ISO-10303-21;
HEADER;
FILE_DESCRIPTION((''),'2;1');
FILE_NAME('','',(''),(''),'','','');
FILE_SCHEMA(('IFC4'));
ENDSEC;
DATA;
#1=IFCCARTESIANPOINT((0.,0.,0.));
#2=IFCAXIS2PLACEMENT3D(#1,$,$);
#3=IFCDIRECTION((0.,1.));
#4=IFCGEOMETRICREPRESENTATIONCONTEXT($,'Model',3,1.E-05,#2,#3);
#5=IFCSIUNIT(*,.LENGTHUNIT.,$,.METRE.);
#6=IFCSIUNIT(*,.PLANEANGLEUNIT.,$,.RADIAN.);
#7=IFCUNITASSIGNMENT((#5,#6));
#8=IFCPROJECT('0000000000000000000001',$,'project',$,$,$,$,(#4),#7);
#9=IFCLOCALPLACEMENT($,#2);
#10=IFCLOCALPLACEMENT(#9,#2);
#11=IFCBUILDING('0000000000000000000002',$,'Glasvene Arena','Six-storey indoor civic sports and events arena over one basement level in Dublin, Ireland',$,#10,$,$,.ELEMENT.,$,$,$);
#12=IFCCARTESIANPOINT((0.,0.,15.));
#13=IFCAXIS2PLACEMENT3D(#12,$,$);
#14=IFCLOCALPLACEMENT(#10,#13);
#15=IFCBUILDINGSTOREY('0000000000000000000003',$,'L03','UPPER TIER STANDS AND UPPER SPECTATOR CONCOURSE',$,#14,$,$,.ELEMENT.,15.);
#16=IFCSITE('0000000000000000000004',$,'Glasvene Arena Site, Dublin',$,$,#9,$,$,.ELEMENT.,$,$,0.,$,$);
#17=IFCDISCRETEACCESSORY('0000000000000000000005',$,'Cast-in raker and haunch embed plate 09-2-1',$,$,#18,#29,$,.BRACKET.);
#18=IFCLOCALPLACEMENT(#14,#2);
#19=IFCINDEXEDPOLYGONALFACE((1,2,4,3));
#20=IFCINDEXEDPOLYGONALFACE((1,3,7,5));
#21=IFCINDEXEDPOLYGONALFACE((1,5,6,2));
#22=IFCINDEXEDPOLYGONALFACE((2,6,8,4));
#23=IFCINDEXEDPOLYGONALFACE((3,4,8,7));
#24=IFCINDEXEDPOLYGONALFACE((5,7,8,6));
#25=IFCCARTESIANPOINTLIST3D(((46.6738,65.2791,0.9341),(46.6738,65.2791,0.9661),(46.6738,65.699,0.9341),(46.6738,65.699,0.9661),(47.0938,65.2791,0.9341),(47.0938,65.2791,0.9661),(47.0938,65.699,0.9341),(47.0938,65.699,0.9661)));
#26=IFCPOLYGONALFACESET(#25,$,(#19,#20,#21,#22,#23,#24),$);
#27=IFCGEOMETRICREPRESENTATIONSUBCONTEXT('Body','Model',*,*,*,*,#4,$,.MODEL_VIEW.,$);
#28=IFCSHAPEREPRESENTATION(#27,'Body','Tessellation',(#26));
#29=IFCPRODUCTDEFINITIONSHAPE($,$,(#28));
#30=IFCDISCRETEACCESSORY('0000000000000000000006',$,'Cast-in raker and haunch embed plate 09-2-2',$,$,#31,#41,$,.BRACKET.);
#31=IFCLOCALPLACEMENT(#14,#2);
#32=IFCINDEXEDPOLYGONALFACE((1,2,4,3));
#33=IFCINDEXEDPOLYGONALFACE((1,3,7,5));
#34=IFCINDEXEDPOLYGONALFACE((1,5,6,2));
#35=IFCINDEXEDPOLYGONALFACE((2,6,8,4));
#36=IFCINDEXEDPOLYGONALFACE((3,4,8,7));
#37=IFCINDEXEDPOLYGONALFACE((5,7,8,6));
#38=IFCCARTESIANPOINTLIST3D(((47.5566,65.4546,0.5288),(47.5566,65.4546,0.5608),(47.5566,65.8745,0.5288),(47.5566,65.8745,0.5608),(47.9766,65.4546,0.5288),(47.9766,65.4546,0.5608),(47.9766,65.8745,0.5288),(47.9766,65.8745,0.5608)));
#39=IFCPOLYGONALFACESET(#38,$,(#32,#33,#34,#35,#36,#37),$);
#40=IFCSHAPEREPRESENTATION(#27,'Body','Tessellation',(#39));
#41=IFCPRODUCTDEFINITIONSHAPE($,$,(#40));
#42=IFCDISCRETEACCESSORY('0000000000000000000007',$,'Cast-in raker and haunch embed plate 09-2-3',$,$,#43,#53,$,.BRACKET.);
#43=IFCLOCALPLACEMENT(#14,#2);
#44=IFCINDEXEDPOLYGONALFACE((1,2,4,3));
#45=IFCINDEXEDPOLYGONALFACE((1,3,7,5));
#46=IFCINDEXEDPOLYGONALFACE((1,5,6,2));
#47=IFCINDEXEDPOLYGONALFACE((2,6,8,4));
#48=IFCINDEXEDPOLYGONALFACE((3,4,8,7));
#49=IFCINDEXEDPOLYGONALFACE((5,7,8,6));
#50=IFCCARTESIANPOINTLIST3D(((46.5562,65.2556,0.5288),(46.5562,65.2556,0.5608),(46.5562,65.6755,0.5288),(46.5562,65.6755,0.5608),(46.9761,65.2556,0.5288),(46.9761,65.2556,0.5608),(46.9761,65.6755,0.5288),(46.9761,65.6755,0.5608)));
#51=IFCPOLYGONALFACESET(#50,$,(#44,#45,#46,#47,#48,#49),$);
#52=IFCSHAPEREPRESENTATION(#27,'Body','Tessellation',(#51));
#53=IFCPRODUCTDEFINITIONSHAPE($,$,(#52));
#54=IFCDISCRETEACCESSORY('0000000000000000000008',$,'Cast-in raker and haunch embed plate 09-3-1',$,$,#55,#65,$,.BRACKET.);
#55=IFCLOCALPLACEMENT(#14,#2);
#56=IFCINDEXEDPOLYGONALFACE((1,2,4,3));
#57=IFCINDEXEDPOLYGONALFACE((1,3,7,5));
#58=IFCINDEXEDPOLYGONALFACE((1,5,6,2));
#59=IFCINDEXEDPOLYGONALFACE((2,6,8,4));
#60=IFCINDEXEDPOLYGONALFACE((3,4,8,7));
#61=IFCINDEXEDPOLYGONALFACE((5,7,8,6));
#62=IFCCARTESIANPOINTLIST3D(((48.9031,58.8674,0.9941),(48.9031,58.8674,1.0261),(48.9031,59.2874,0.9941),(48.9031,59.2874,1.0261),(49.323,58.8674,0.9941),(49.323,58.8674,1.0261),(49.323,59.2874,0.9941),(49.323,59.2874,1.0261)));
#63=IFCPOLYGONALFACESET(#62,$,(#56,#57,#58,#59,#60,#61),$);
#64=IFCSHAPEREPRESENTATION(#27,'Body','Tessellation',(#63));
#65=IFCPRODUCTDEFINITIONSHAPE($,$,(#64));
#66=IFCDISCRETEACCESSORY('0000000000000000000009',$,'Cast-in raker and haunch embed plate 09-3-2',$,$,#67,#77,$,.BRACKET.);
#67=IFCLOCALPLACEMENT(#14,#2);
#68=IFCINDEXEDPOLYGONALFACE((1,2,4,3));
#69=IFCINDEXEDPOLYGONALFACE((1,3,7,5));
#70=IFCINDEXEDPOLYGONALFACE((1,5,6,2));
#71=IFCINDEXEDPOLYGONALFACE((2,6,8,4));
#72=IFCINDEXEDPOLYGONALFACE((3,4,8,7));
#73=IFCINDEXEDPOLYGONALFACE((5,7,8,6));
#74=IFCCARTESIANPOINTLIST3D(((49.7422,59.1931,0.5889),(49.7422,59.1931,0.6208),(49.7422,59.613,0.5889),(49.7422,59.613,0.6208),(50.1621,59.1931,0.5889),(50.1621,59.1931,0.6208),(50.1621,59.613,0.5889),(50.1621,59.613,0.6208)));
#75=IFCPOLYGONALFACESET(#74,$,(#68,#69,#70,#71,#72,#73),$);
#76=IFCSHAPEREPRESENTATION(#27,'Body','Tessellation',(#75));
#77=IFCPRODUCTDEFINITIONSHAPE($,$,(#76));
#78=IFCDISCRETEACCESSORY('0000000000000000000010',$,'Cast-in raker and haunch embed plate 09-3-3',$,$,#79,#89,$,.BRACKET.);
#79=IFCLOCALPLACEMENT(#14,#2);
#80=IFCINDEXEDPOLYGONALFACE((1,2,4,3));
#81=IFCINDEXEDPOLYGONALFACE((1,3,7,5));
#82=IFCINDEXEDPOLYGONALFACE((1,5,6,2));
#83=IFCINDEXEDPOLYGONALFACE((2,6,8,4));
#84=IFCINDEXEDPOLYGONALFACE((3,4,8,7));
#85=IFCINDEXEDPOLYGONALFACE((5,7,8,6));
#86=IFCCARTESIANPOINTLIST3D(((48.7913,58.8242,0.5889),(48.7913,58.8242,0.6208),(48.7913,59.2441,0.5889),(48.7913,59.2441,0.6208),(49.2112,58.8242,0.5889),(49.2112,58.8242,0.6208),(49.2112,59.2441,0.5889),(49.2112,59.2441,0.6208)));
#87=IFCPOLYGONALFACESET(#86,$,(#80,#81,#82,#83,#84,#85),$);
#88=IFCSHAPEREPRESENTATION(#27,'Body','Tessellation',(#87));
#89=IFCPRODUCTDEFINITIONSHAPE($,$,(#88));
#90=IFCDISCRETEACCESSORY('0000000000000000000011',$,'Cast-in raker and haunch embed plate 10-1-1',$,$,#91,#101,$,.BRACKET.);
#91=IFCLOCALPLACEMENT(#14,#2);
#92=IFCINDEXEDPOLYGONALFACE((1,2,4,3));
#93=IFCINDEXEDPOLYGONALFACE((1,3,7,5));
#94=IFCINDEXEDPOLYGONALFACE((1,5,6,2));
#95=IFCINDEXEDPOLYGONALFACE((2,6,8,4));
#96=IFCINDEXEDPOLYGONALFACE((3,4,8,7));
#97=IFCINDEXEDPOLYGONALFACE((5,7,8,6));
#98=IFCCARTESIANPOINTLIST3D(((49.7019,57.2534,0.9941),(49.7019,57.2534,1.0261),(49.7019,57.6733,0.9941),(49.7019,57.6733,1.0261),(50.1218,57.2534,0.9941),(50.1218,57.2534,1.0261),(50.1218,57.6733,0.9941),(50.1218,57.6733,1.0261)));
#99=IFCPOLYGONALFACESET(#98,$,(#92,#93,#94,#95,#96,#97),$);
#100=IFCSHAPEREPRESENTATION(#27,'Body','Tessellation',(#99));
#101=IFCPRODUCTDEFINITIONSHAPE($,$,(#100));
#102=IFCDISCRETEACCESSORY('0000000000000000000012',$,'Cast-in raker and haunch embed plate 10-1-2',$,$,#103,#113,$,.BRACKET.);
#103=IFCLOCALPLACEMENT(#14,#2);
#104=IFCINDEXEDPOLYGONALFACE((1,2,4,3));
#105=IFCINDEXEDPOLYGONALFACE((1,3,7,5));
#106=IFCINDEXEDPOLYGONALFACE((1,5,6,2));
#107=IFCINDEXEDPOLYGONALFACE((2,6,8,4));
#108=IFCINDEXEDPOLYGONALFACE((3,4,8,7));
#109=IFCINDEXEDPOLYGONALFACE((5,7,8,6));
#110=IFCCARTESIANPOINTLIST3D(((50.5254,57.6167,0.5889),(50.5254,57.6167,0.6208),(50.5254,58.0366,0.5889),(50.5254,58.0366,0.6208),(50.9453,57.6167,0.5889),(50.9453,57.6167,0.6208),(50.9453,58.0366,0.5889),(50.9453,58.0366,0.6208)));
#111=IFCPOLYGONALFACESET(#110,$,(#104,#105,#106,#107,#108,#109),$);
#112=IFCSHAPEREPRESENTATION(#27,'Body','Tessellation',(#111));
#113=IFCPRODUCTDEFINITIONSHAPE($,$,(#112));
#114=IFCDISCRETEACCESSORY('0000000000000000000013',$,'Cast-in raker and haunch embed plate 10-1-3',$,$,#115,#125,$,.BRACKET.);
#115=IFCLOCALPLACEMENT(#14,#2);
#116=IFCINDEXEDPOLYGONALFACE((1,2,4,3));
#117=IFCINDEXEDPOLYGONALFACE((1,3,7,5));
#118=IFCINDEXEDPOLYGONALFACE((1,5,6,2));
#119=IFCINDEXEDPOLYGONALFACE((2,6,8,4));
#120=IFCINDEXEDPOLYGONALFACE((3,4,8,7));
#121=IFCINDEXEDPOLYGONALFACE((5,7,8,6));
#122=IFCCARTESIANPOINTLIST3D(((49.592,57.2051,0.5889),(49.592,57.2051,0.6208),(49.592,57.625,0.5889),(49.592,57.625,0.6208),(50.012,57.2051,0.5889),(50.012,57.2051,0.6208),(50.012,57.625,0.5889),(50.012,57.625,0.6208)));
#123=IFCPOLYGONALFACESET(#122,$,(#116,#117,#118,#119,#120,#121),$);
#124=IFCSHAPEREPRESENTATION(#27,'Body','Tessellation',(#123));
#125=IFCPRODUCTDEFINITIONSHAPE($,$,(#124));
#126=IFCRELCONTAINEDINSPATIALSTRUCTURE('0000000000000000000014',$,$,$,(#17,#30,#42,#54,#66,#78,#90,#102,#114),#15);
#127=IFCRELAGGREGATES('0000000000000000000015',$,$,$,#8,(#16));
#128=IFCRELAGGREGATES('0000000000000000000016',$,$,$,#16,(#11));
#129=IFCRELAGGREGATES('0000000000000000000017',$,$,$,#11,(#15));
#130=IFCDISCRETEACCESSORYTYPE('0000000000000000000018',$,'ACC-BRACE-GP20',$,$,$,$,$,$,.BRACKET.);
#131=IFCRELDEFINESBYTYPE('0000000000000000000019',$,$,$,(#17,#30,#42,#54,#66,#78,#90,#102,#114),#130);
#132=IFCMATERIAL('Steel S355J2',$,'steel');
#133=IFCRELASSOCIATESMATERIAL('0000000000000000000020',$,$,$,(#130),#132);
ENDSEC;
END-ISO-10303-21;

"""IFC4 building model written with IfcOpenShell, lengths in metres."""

from ifc_helpers import new_model, si_unit, direction, frame, origin, origin_2d, place, context, subcontext, project, spatial, rectangle, extrude, material, type_object, element, save


model = new_model("IFC4")

# Units and contexts
model_context = context("Model", 3, precision=1e-05, world=origin(), true_north=direction((0.0, 1.0)))
body_context = subcontext(model_context, "Body", "Model", "MODEL_VIEW")
ifc_project = project(units=[si_unit("LENGTHUNIT", "METRE"), si_unit("PLANEANGLEUNIT", "RADIAN")], contexts=[model_context])

# Site, building, storey
site_placement = place(None, origin())
site = spatial("IfcSite", under=ifc_project, at=site_placement, Name="Glasvene Arena Site, Dublin", CompositionType="ELEMENT", RefElevation=0.0)
building_placement = place(site_placement, origin())
building = spatial("IfcBuilding", under=site, at=building_placement, Name="Glasvene Arena", Description="Six-storey indoor civic sports and events arena over one basement level in Dublin, Ireland", CompositionType="ELEMENT")
storey_placement = place(building_placement, frame((0.0, 0.0, 15.0)))
storey = spatial("IfcBuildingStorey", under=building, at=storey_placement, Name="L03", Description="UPPER TIER STANDS AND UPPER SPECTATOR CONCOURSE", CompositionType="ELEMENT", Elevation=15.0)

# Shared definitions
ifc_material_1 = material(Name="Steel S355J2", Category="steel")

# Discrete accessories
discrete_accessory_type = type_object("IfcDiscreteAccessoryType", Name="ACC-BRACE-GP20", PredefinedType="BRACKET", material=ifc_material_1)
for number, where, z_axis, x_axis, name in (
    (1, (46.8838, 65.489, 0.9341), (0.0, 0.0, 1.0), (1.0, 0.0, 0.0), "Cast-in raker and haunch embed plate 09-2-1"),
    (2, (47.7666, 65.6646, 0.5288), (0.0, 0.0, 1.0), (1.0, 0.0, 0.0), "Cast-in raker and haunch embed plate 09-2-2"),
    (3, (46.7661, 65.4656, 0.5288), (0.0, 0.0, 1.0), (1.0, 0.0, 0.0), "Cast-in raker and haunch embed plate 09-2-3"),
    (4, (49.113, 59.0774, 0.9941), (0.0, 0.0, 1.0), (1.0, 0.0, 0.0), "Cast-in raker and haunch embed plate 09-3-1"),
    (5, (49.9521, 59.4031, 0.5889), (0.0, 0.0, 1.0), (1.0, 0.0, 0.0), "Cast-in raker and haunch embed plate 09-3-2"),
    (6, (49.0012, 59.0342, 0.5889), (0.0, 0.0, 1.0), (1.0, 0.0, 0.0), "Cast-in raker and haunch embed plate 09-3-3"),
    (7, (49.9119, 57.4634, 0.9941), (0.0, 0.0, 1.0), (1.0, 0.0, 0.0), "Cast-in raker and haunch embed plate 10-1-1"),
    (8, (50.7354, 57.8267, 0.5889), (0.0, 0.0, 1.0), (1.0, 0.0, 0.0), "Cast-in raker and haunch embed plate 10-1-2"),
    (9, (49.802, 57.415, 0.5889), (0.0, 0.0, 1.0), (1.0, 0.0, 0.0), "Cast-in raker and haunch embed plate 10-1-3"),
):
    element("IfcDiscreteAccessory", number, at=place(storey_placement, frame(where, z_axis=z_axis, x_axis=x_axis)), inside=storey, type_object=discrete_accessory_type, Name=name, PredefinedType="BRACKET", context=body_context, shape_type="SweptSolid", body=[
        extrude(rectangle(XDim=0.4199, YDim=0.4199, at=origin_2d()), origin(), (0.0, 0.0, 1.0), 0.032),
    ])

save(model, "model.ifc")
